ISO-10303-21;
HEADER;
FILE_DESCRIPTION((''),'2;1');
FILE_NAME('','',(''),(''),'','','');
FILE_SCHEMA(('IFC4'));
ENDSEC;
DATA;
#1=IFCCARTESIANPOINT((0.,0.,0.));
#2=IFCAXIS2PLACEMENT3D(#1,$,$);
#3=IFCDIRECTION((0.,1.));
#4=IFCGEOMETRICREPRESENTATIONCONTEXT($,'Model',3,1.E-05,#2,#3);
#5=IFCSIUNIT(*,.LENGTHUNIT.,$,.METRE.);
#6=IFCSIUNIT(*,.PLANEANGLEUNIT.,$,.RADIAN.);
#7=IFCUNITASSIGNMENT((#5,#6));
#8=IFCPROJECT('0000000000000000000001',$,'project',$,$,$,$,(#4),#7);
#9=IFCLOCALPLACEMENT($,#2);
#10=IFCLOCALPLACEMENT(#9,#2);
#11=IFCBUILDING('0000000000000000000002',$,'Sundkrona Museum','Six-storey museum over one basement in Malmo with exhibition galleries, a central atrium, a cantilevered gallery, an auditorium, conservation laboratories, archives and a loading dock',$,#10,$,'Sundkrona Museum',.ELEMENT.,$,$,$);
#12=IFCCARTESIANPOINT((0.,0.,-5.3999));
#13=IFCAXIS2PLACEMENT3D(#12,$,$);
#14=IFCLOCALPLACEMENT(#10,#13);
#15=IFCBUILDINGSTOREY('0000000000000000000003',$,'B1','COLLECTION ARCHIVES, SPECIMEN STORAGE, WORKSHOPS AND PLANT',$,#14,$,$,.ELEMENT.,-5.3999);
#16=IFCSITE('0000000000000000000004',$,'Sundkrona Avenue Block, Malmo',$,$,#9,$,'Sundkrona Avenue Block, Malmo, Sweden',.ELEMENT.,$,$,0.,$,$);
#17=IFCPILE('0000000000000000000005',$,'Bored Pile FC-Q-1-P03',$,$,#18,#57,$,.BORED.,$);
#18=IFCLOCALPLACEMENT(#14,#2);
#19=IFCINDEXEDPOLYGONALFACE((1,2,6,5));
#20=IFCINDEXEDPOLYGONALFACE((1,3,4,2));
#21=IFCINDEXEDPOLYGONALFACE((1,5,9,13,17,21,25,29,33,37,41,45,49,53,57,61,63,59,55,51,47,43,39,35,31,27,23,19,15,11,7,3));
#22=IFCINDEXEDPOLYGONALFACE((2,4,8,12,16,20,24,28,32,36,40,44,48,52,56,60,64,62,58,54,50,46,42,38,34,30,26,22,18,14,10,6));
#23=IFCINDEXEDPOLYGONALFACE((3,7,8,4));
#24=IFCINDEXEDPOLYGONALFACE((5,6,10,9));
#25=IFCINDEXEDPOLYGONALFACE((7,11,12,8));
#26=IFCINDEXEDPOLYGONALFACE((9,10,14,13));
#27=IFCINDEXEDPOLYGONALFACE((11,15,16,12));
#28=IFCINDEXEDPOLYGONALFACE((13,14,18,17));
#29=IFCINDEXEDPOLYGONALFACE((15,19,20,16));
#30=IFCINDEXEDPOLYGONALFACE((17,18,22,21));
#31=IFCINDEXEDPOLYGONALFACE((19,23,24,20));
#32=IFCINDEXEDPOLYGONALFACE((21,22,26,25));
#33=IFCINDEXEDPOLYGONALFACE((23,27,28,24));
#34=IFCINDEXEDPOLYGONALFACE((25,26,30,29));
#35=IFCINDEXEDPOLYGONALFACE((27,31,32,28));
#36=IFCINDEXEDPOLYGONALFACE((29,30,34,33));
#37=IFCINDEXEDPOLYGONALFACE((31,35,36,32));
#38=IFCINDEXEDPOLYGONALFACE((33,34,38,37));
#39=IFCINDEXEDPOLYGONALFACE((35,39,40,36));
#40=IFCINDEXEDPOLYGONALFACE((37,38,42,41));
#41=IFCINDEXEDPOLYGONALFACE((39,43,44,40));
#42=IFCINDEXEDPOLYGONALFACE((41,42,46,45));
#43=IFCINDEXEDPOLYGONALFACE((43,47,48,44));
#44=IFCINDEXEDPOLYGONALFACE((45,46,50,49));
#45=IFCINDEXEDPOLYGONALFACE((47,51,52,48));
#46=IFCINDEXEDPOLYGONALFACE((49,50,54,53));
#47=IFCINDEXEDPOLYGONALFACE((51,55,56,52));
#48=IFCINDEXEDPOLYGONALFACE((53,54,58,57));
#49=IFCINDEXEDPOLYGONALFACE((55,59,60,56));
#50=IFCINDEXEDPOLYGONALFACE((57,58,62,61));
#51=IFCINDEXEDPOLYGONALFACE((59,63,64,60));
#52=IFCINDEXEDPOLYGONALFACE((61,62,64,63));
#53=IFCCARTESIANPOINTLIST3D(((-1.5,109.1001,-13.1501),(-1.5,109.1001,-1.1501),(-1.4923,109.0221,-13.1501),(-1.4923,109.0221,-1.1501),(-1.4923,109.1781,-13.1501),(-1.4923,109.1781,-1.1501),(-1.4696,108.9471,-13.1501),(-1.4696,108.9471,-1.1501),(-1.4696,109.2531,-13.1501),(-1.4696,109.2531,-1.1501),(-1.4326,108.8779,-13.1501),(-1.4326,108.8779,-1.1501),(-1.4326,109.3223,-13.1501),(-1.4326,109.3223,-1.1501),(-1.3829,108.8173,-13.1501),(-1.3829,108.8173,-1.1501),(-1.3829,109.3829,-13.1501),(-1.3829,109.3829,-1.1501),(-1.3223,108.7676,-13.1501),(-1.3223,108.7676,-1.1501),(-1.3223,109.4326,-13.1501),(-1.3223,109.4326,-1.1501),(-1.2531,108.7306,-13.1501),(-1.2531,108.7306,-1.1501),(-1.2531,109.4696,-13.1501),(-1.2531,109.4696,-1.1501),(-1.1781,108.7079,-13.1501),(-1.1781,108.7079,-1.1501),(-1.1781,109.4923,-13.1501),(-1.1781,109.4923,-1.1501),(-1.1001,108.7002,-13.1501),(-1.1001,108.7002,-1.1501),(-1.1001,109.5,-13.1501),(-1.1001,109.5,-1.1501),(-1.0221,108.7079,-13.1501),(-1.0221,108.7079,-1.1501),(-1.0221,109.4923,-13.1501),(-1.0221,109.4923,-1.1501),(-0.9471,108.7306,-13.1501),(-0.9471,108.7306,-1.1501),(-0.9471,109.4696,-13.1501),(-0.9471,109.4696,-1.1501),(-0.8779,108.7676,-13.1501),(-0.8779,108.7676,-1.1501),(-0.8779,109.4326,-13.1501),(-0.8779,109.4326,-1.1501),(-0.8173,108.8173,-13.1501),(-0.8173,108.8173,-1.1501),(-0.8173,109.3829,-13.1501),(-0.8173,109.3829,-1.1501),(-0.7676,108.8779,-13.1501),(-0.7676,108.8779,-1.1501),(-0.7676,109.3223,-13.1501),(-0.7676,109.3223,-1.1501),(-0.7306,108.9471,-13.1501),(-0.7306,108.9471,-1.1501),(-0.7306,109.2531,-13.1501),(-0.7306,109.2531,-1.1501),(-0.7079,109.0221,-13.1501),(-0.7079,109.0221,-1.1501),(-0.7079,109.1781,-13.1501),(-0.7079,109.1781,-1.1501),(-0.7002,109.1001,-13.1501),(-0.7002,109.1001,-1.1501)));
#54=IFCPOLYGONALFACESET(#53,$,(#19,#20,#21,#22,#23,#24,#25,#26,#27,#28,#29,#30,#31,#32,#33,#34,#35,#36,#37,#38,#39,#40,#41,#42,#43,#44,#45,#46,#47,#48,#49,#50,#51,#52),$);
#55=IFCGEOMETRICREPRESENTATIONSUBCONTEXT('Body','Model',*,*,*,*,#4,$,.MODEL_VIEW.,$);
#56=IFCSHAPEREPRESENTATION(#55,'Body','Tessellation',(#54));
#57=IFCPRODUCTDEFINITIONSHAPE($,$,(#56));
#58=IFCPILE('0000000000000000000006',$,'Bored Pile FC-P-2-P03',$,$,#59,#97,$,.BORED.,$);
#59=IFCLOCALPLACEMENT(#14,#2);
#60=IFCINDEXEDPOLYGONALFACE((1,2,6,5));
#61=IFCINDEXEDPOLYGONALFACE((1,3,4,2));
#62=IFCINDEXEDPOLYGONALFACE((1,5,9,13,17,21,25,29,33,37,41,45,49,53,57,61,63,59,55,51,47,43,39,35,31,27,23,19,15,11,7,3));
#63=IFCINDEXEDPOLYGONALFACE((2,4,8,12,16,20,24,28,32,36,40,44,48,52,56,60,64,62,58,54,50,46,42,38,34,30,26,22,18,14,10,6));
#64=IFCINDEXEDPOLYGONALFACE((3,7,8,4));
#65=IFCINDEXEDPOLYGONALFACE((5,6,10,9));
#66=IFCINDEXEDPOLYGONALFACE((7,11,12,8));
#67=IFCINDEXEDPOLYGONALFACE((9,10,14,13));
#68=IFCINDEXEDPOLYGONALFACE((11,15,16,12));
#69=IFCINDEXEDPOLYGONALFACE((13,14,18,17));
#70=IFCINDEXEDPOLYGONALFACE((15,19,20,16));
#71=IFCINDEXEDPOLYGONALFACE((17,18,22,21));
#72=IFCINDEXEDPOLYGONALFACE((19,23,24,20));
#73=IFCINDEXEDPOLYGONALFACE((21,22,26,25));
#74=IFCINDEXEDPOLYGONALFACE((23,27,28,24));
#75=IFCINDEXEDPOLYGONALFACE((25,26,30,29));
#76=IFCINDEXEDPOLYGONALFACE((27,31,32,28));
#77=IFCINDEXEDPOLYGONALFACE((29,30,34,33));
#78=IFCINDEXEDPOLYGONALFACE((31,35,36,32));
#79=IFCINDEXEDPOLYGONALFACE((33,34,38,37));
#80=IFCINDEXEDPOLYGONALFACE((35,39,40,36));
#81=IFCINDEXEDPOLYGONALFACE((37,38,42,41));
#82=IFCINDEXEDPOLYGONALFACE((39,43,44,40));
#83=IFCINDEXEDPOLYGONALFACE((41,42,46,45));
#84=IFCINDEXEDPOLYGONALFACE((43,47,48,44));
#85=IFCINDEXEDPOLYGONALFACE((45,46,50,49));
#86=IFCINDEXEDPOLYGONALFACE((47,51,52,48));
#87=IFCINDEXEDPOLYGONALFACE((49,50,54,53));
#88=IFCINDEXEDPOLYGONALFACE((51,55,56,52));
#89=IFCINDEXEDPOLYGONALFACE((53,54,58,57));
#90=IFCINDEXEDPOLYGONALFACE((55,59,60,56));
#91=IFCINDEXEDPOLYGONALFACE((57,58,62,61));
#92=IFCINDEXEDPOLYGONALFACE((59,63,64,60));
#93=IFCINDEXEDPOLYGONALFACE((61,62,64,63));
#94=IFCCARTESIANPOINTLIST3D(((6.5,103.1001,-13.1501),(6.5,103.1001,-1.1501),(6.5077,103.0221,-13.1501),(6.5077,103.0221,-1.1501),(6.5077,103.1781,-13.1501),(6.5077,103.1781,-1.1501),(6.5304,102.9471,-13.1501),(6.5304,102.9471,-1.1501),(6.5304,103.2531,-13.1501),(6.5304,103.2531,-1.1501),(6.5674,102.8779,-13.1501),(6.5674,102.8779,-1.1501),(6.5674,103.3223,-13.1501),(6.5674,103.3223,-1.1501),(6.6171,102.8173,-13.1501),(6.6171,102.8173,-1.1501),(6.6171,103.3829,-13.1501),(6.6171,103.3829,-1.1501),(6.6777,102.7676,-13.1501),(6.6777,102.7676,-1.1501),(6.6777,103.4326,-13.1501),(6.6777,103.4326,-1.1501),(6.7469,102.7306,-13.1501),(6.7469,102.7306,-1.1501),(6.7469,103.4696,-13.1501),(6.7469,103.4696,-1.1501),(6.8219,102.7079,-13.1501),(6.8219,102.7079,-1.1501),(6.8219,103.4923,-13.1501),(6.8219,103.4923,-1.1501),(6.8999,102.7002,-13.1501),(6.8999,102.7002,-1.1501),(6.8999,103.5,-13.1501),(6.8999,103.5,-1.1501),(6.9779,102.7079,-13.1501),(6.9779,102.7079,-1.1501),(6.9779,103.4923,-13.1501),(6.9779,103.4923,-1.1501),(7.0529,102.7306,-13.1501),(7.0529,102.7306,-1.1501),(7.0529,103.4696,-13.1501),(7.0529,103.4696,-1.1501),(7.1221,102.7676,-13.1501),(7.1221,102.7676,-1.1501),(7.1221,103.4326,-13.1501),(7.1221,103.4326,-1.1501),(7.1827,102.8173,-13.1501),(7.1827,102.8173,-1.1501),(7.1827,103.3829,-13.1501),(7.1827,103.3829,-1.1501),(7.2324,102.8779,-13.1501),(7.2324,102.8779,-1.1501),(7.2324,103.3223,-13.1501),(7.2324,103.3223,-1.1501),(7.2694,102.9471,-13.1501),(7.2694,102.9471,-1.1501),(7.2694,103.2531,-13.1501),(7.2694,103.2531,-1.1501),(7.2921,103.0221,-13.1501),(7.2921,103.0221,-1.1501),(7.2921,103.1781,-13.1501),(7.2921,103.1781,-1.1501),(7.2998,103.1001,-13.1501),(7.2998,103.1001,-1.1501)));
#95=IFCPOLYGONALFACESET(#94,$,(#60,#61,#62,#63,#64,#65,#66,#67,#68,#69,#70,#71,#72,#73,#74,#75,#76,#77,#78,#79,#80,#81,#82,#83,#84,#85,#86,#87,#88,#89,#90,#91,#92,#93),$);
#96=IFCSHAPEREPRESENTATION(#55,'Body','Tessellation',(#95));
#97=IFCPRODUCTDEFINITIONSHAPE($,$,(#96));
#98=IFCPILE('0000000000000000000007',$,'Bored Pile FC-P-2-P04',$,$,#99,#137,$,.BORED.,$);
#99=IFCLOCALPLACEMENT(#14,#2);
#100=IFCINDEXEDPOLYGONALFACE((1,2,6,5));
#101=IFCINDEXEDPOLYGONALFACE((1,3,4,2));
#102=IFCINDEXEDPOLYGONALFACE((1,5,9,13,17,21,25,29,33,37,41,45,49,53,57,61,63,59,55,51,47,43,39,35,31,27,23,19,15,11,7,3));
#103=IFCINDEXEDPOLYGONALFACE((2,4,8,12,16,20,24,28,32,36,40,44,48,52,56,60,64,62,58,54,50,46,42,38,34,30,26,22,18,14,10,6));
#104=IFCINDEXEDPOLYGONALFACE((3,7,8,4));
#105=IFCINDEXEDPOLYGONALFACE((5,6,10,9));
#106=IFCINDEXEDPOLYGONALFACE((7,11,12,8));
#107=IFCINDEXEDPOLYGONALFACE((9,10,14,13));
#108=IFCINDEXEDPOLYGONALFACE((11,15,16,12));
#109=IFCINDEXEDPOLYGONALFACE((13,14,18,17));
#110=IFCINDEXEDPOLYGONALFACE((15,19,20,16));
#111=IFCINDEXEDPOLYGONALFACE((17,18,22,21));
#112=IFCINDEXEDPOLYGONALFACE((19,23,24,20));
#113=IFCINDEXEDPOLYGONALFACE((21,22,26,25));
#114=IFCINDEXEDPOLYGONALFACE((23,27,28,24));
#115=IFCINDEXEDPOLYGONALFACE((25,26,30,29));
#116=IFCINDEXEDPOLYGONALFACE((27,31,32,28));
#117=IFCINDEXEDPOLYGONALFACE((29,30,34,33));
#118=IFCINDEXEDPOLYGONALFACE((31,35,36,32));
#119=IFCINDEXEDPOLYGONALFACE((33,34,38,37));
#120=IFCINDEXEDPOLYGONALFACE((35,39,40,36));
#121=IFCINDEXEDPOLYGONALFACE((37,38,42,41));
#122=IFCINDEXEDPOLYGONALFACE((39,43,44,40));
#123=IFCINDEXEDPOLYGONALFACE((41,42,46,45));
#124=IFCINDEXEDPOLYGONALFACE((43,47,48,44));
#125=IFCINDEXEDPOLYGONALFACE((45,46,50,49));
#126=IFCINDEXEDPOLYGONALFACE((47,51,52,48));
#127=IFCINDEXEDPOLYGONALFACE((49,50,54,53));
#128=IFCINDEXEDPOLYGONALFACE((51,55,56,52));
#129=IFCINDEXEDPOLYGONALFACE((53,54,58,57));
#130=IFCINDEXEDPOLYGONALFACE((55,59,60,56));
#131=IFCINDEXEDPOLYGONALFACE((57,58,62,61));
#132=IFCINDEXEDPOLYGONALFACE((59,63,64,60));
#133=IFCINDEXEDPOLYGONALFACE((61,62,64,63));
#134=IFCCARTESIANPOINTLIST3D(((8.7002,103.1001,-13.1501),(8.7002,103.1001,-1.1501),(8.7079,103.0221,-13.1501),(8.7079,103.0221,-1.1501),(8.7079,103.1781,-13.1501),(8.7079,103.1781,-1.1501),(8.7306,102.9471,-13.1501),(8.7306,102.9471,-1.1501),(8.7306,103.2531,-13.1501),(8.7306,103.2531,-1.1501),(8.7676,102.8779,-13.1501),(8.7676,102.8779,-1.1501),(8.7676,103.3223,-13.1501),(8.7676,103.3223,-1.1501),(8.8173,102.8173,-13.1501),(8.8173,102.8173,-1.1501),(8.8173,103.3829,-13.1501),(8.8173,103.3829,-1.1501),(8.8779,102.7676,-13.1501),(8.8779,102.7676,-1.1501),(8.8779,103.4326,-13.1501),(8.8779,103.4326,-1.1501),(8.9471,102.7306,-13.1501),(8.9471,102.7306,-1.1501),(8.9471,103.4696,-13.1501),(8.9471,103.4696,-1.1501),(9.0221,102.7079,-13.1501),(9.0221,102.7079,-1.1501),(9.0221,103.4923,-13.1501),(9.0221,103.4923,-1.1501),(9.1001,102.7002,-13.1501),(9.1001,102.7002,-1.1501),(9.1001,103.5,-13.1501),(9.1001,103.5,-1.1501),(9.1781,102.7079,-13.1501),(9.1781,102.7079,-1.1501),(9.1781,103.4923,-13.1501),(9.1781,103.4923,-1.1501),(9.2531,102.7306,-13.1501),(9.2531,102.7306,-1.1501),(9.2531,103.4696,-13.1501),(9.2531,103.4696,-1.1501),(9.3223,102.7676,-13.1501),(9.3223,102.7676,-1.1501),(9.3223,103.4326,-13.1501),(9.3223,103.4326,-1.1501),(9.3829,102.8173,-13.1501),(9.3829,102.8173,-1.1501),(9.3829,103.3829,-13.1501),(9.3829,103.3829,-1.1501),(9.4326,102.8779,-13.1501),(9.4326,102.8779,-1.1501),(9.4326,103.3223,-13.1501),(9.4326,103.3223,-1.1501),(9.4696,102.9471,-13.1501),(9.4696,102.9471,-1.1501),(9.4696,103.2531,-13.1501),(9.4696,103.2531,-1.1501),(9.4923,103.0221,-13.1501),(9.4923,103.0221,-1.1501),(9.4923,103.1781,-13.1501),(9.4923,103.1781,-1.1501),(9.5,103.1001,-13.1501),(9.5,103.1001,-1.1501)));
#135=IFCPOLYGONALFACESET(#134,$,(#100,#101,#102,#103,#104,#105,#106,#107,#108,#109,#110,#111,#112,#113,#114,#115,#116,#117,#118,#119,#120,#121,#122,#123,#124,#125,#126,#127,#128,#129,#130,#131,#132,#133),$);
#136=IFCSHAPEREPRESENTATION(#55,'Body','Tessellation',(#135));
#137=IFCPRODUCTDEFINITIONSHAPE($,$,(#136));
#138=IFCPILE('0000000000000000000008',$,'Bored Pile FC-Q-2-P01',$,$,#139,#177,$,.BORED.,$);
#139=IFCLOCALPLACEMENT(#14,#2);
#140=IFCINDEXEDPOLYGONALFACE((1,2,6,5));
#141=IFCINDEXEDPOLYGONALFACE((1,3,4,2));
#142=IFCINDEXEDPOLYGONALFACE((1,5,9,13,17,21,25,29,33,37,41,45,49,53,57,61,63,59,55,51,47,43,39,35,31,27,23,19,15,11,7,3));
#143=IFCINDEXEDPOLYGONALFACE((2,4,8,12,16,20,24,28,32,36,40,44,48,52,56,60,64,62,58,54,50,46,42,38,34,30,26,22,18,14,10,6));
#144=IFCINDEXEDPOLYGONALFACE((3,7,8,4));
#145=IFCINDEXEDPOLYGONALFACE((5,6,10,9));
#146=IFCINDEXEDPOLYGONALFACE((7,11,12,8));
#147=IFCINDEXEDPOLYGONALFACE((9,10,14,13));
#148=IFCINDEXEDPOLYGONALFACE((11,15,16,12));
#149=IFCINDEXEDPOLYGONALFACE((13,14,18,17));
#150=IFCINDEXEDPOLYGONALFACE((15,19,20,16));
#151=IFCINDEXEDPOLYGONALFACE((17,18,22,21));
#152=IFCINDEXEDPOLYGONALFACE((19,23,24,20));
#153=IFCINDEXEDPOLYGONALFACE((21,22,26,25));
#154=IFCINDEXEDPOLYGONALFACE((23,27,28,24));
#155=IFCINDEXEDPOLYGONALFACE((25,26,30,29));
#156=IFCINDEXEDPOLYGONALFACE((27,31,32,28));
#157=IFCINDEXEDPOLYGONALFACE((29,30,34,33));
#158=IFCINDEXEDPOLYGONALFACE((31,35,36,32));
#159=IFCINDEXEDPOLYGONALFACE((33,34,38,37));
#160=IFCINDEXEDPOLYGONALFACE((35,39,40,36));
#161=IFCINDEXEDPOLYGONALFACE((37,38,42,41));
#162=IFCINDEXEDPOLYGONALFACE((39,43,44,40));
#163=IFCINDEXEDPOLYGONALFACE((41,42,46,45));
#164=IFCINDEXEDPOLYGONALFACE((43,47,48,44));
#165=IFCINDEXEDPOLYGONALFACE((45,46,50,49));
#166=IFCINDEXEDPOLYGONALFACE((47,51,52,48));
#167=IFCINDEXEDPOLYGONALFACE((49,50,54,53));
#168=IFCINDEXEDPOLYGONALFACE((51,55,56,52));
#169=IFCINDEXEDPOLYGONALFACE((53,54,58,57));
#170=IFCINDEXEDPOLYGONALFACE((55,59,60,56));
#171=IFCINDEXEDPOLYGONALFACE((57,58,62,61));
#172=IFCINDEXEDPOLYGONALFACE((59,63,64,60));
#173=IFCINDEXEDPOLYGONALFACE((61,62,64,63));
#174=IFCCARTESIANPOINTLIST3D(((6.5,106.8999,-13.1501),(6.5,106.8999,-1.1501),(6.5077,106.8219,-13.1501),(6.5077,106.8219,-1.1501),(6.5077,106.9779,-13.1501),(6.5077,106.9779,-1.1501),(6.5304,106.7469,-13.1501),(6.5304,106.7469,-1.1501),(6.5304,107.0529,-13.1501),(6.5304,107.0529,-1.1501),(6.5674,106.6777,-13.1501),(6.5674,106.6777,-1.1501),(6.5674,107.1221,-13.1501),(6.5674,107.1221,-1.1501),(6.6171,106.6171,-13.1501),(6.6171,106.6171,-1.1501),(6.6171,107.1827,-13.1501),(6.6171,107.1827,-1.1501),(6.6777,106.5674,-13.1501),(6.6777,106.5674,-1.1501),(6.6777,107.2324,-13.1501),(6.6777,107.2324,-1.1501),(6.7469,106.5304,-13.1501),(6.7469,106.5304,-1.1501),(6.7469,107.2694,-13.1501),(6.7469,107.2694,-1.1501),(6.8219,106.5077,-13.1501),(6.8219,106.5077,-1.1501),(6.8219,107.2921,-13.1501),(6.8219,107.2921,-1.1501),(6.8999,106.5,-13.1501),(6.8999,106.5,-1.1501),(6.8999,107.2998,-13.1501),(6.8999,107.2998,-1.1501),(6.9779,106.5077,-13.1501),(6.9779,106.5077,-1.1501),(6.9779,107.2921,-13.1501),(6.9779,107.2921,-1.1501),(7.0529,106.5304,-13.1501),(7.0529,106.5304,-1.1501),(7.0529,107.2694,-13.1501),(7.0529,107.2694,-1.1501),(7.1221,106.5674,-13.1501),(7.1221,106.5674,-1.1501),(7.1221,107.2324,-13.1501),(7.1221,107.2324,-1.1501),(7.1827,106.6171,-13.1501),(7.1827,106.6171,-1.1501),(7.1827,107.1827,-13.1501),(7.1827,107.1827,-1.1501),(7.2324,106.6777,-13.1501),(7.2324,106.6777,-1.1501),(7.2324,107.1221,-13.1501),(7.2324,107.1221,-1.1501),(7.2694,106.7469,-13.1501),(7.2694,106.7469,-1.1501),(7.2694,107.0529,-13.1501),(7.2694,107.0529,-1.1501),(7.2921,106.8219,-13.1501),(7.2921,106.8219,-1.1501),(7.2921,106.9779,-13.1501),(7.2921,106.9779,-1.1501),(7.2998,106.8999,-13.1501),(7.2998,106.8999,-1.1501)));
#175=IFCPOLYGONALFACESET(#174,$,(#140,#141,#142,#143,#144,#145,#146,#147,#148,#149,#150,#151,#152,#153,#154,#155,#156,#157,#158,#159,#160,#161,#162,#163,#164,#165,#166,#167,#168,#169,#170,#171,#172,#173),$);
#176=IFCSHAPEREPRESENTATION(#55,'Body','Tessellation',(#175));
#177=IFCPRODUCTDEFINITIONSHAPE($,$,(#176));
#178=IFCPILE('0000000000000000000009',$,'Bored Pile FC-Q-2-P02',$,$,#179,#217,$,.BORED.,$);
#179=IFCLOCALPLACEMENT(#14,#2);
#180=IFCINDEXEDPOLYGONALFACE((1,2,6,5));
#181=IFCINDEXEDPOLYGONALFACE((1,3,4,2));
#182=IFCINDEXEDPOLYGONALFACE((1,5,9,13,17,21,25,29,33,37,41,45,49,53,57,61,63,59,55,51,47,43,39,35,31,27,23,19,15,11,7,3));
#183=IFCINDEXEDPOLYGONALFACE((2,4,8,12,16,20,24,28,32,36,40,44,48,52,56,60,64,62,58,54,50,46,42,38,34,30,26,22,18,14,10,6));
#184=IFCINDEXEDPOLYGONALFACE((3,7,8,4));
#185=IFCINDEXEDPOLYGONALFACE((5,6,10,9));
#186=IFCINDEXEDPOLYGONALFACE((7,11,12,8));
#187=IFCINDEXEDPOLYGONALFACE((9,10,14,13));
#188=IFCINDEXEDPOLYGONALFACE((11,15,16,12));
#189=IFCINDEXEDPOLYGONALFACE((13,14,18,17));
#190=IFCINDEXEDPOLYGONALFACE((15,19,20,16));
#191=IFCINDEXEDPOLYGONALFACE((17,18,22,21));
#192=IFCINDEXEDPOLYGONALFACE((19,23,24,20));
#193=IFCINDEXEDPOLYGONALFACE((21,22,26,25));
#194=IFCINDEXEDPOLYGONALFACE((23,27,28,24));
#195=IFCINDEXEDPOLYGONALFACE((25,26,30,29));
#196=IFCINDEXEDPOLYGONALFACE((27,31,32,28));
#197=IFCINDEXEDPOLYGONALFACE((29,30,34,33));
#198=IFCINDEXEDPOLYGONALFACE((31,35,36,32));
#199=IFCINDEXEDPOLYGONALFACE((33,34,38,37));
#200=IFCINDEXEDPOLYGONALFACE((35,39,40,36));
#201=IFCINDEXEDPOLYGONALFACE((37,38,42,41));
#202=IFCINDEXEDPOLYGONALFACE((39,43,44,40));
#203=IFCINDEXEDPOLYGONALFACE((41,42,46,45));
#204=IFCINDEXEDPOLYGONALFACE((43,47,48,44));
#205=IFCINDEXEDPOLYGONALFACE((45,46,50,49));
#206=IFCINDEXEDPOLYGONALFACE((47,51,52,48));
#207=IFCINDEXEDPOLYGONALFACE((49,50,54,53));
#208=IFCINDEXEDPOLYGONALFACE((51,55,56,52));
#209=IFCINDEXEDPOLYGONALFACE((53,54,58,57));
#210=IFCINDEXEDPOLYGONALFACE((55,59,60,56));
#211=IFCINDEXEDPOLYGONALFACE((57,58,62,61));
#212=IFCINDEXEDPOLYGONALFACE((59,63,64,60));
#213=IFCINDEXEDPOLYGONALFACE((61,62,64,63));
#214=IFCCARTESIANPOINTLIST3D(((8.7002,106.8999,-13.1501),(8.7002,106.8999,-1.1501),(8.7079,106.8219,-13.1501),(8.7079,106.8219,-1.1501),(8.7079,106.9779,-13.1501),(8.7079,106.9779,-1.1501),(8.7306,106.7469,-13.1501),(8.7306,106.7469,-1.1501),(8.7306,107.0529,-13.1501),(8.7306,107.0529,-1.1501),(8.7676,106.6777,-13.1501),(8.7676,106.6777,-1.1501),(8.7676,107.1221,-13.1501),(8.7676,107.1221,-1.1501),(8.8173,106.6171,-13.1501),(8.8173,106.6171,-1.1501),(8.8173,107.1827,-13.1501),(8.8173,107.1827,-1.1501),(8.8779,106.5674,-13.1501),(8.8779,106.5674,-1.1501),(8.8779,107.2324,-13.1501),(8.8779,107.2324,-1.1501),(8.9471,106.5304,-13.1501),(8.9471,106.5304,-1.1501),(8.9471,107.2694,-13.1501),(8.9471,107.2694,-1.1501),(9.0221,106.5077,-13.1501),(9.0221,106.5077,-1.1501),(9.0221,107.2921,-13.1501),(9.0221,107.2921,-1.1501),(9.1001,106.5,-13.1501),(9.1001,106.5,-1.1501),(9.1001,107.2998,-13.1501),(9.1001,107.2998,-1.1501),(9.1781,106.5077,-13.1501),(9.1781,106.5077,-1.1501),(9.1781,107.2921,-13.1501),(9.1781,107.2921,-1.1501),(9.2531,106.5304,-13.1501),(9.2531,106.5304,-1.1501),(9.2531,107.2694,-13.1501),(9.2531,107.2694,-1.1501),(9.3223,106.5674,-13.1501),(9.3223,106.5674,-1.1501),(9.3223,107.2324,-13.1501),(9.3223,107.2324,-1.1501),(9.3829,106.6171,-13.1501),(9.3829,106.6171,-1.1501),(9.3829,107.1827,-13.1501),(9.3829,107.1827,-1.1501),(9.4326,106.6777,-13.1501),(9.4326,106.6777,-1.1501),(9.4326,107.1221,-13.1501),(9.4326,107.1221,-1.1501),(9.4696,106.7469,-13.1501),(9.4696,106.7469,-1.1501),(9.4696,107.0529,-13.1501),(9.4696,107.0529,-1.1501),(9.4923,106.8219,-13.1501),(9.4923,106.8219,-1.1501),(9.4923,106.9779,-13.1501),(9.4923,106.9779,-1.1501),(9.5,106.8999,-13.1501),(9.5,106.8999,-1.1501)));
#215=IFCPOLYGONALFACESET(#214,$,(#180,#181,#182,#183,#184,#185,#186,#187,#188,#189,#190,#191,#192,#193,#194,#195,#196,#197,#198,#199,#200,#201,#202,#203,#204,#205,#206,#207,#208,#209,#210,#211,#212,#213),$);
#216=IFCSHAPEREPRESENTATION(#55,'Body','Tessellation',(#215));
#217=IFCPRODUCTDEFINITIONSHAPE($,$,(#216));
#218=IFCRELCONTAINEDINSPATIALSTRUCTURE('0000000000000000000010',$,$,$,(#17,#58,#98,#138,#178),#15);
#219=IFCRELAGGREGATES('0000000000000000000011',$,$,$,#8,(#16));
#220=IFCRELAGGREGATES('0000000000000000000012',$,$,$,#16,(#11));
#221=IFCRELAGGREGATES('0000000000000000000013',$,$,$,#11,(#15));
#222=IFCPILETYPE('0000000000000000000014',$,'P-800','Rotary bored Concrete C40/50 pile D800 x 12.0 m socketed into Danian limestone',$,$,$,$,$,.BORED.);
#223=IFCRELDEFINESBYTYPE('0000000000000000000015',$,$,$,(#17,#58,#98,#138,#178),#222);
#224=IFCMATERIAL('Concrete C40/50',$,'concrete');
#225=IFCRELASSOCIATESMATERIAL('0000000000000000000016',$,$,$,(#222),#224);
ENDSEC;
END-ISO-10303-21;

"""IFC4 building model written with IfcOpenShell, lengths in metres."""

from ifc_helpers import new_model, si_unit, direction, frame, origin, origin_2d, place, context, subcontext, project, spatial, circle, extrude, material, material_profile, profile_set, type_object, element, save


model = new_model("IFC4")

# Units and contexts
model_context = context("Model", 3, precision=1e-05, world=origin(), true_north=direction((0.0, 1.0)))
body_context = subcontext(model_context, "Body", "Model", "MODEL_VIEW")
ifc_project = project(units=[si_unit("LENGTHUNIT", "METRE"), si_unit("PLANEANGLEUNIT", "RADIAN")], contexts=[model_context])

# Site, building, storey
site_placement = place(None, origin())
site = spatial("IfcSite", under=ifc_project, at=site_placement, Name="Sundkrona Avenue Block, Malmo", LongName="Sundkrona Avenue Block, Malmo, Sweden", CompositionType="ELEMENT", RefElevation=0.0)
building_placement = place(site_placement, origin())
building = spatial("IfcBuilding", under=site, at=building_placement, Name="Sundkrona Museum", Description="Six-storey museum over one basement in Malmo with exhibition galleries, a central atrium, a cantilevered gallery, an auditorium, conservation laboratories, archives and a loading dock", LongName="Sundkrona Museum", CompositionType="ELEMENT")
storey_placement = place(building_placement, frame((0.0, 0.0, -5.3999)))
storey = spatial("IfcBuildingStorey", under=building, at=storey_placement, Name="B1", Description="COLLECTION ARCHIVES, SPECIMEN STORAGE, WORKSHOPS AND PLANT", CompositionType="ELEMENT", Elevation=-5.3999)

# Shared definitions
ifc_material_1 = material(Name="Concrete C40/50", Category="concrete")

# Piles
ifc_material_profile_1 = material_profile(ifc_material_1, circle(Radius=0.3999, at=origin_2d()), Name="PILE D800")
ifc_profile_set_1 = profile_set([ifc_material_profile_1], Name="Concrete C40/50")
pile_type = type_object("IfcPileType", Name="P-800", Description="Rotary bored Concrete C40/50 pile D800 x 12.0 m socketed into Danian limestone", PredefinedType="BORED", material=ifc_profile_set_1)
for number, where, z_axis, x_axis, name in (
    (1, (-1.1001, 109.1001, -1.1501), (0.0, 0.0, -1.0), (1.0, 0.0, 0.0), "Bored Pile FC-Q-1-P03"),
    (2, (6.8999, 103.1001, -1.1501), (0.0, 0.0, -1.0), (1.0, 0.0, 0.0), "Bored Pile FC-P-2-P03"),
    (3, (9.1001, 103.1001, -1.1501), (0.0, 0.0, -1.0), (1.0, 0.0, 0.0), "Bored Pile FC-P-2-P04"),
    (4, (6.8999, 106.8999, -1.1501), (0.0, 0.0, -1.0), (1.0, 0.0, 0.0), "Bored Pile FC-Q-2-P01"),
    (5, (9.1001, 106.8999, -1.1501), (0.0, 0.0, -1.0), (1.0, 0.0, 0.0), "Bored Pile FC-Q-2-P02"),
):
    element("IfcPile", number, at=place(storey_placement, frame(where, z_axis=z_axis, x_axis=x_axis)), inside=storey, type_object=pile_type, Name=name, PredefinedType="BORED", context=body_context, shape_type="SweptSolid", body=[
        extrude(circle(Radius=0.3999, at=origin_2d()), origin(), (0.0, 0.0, 1.0), 12.0),
    ])

save(model, "model.ifc")
